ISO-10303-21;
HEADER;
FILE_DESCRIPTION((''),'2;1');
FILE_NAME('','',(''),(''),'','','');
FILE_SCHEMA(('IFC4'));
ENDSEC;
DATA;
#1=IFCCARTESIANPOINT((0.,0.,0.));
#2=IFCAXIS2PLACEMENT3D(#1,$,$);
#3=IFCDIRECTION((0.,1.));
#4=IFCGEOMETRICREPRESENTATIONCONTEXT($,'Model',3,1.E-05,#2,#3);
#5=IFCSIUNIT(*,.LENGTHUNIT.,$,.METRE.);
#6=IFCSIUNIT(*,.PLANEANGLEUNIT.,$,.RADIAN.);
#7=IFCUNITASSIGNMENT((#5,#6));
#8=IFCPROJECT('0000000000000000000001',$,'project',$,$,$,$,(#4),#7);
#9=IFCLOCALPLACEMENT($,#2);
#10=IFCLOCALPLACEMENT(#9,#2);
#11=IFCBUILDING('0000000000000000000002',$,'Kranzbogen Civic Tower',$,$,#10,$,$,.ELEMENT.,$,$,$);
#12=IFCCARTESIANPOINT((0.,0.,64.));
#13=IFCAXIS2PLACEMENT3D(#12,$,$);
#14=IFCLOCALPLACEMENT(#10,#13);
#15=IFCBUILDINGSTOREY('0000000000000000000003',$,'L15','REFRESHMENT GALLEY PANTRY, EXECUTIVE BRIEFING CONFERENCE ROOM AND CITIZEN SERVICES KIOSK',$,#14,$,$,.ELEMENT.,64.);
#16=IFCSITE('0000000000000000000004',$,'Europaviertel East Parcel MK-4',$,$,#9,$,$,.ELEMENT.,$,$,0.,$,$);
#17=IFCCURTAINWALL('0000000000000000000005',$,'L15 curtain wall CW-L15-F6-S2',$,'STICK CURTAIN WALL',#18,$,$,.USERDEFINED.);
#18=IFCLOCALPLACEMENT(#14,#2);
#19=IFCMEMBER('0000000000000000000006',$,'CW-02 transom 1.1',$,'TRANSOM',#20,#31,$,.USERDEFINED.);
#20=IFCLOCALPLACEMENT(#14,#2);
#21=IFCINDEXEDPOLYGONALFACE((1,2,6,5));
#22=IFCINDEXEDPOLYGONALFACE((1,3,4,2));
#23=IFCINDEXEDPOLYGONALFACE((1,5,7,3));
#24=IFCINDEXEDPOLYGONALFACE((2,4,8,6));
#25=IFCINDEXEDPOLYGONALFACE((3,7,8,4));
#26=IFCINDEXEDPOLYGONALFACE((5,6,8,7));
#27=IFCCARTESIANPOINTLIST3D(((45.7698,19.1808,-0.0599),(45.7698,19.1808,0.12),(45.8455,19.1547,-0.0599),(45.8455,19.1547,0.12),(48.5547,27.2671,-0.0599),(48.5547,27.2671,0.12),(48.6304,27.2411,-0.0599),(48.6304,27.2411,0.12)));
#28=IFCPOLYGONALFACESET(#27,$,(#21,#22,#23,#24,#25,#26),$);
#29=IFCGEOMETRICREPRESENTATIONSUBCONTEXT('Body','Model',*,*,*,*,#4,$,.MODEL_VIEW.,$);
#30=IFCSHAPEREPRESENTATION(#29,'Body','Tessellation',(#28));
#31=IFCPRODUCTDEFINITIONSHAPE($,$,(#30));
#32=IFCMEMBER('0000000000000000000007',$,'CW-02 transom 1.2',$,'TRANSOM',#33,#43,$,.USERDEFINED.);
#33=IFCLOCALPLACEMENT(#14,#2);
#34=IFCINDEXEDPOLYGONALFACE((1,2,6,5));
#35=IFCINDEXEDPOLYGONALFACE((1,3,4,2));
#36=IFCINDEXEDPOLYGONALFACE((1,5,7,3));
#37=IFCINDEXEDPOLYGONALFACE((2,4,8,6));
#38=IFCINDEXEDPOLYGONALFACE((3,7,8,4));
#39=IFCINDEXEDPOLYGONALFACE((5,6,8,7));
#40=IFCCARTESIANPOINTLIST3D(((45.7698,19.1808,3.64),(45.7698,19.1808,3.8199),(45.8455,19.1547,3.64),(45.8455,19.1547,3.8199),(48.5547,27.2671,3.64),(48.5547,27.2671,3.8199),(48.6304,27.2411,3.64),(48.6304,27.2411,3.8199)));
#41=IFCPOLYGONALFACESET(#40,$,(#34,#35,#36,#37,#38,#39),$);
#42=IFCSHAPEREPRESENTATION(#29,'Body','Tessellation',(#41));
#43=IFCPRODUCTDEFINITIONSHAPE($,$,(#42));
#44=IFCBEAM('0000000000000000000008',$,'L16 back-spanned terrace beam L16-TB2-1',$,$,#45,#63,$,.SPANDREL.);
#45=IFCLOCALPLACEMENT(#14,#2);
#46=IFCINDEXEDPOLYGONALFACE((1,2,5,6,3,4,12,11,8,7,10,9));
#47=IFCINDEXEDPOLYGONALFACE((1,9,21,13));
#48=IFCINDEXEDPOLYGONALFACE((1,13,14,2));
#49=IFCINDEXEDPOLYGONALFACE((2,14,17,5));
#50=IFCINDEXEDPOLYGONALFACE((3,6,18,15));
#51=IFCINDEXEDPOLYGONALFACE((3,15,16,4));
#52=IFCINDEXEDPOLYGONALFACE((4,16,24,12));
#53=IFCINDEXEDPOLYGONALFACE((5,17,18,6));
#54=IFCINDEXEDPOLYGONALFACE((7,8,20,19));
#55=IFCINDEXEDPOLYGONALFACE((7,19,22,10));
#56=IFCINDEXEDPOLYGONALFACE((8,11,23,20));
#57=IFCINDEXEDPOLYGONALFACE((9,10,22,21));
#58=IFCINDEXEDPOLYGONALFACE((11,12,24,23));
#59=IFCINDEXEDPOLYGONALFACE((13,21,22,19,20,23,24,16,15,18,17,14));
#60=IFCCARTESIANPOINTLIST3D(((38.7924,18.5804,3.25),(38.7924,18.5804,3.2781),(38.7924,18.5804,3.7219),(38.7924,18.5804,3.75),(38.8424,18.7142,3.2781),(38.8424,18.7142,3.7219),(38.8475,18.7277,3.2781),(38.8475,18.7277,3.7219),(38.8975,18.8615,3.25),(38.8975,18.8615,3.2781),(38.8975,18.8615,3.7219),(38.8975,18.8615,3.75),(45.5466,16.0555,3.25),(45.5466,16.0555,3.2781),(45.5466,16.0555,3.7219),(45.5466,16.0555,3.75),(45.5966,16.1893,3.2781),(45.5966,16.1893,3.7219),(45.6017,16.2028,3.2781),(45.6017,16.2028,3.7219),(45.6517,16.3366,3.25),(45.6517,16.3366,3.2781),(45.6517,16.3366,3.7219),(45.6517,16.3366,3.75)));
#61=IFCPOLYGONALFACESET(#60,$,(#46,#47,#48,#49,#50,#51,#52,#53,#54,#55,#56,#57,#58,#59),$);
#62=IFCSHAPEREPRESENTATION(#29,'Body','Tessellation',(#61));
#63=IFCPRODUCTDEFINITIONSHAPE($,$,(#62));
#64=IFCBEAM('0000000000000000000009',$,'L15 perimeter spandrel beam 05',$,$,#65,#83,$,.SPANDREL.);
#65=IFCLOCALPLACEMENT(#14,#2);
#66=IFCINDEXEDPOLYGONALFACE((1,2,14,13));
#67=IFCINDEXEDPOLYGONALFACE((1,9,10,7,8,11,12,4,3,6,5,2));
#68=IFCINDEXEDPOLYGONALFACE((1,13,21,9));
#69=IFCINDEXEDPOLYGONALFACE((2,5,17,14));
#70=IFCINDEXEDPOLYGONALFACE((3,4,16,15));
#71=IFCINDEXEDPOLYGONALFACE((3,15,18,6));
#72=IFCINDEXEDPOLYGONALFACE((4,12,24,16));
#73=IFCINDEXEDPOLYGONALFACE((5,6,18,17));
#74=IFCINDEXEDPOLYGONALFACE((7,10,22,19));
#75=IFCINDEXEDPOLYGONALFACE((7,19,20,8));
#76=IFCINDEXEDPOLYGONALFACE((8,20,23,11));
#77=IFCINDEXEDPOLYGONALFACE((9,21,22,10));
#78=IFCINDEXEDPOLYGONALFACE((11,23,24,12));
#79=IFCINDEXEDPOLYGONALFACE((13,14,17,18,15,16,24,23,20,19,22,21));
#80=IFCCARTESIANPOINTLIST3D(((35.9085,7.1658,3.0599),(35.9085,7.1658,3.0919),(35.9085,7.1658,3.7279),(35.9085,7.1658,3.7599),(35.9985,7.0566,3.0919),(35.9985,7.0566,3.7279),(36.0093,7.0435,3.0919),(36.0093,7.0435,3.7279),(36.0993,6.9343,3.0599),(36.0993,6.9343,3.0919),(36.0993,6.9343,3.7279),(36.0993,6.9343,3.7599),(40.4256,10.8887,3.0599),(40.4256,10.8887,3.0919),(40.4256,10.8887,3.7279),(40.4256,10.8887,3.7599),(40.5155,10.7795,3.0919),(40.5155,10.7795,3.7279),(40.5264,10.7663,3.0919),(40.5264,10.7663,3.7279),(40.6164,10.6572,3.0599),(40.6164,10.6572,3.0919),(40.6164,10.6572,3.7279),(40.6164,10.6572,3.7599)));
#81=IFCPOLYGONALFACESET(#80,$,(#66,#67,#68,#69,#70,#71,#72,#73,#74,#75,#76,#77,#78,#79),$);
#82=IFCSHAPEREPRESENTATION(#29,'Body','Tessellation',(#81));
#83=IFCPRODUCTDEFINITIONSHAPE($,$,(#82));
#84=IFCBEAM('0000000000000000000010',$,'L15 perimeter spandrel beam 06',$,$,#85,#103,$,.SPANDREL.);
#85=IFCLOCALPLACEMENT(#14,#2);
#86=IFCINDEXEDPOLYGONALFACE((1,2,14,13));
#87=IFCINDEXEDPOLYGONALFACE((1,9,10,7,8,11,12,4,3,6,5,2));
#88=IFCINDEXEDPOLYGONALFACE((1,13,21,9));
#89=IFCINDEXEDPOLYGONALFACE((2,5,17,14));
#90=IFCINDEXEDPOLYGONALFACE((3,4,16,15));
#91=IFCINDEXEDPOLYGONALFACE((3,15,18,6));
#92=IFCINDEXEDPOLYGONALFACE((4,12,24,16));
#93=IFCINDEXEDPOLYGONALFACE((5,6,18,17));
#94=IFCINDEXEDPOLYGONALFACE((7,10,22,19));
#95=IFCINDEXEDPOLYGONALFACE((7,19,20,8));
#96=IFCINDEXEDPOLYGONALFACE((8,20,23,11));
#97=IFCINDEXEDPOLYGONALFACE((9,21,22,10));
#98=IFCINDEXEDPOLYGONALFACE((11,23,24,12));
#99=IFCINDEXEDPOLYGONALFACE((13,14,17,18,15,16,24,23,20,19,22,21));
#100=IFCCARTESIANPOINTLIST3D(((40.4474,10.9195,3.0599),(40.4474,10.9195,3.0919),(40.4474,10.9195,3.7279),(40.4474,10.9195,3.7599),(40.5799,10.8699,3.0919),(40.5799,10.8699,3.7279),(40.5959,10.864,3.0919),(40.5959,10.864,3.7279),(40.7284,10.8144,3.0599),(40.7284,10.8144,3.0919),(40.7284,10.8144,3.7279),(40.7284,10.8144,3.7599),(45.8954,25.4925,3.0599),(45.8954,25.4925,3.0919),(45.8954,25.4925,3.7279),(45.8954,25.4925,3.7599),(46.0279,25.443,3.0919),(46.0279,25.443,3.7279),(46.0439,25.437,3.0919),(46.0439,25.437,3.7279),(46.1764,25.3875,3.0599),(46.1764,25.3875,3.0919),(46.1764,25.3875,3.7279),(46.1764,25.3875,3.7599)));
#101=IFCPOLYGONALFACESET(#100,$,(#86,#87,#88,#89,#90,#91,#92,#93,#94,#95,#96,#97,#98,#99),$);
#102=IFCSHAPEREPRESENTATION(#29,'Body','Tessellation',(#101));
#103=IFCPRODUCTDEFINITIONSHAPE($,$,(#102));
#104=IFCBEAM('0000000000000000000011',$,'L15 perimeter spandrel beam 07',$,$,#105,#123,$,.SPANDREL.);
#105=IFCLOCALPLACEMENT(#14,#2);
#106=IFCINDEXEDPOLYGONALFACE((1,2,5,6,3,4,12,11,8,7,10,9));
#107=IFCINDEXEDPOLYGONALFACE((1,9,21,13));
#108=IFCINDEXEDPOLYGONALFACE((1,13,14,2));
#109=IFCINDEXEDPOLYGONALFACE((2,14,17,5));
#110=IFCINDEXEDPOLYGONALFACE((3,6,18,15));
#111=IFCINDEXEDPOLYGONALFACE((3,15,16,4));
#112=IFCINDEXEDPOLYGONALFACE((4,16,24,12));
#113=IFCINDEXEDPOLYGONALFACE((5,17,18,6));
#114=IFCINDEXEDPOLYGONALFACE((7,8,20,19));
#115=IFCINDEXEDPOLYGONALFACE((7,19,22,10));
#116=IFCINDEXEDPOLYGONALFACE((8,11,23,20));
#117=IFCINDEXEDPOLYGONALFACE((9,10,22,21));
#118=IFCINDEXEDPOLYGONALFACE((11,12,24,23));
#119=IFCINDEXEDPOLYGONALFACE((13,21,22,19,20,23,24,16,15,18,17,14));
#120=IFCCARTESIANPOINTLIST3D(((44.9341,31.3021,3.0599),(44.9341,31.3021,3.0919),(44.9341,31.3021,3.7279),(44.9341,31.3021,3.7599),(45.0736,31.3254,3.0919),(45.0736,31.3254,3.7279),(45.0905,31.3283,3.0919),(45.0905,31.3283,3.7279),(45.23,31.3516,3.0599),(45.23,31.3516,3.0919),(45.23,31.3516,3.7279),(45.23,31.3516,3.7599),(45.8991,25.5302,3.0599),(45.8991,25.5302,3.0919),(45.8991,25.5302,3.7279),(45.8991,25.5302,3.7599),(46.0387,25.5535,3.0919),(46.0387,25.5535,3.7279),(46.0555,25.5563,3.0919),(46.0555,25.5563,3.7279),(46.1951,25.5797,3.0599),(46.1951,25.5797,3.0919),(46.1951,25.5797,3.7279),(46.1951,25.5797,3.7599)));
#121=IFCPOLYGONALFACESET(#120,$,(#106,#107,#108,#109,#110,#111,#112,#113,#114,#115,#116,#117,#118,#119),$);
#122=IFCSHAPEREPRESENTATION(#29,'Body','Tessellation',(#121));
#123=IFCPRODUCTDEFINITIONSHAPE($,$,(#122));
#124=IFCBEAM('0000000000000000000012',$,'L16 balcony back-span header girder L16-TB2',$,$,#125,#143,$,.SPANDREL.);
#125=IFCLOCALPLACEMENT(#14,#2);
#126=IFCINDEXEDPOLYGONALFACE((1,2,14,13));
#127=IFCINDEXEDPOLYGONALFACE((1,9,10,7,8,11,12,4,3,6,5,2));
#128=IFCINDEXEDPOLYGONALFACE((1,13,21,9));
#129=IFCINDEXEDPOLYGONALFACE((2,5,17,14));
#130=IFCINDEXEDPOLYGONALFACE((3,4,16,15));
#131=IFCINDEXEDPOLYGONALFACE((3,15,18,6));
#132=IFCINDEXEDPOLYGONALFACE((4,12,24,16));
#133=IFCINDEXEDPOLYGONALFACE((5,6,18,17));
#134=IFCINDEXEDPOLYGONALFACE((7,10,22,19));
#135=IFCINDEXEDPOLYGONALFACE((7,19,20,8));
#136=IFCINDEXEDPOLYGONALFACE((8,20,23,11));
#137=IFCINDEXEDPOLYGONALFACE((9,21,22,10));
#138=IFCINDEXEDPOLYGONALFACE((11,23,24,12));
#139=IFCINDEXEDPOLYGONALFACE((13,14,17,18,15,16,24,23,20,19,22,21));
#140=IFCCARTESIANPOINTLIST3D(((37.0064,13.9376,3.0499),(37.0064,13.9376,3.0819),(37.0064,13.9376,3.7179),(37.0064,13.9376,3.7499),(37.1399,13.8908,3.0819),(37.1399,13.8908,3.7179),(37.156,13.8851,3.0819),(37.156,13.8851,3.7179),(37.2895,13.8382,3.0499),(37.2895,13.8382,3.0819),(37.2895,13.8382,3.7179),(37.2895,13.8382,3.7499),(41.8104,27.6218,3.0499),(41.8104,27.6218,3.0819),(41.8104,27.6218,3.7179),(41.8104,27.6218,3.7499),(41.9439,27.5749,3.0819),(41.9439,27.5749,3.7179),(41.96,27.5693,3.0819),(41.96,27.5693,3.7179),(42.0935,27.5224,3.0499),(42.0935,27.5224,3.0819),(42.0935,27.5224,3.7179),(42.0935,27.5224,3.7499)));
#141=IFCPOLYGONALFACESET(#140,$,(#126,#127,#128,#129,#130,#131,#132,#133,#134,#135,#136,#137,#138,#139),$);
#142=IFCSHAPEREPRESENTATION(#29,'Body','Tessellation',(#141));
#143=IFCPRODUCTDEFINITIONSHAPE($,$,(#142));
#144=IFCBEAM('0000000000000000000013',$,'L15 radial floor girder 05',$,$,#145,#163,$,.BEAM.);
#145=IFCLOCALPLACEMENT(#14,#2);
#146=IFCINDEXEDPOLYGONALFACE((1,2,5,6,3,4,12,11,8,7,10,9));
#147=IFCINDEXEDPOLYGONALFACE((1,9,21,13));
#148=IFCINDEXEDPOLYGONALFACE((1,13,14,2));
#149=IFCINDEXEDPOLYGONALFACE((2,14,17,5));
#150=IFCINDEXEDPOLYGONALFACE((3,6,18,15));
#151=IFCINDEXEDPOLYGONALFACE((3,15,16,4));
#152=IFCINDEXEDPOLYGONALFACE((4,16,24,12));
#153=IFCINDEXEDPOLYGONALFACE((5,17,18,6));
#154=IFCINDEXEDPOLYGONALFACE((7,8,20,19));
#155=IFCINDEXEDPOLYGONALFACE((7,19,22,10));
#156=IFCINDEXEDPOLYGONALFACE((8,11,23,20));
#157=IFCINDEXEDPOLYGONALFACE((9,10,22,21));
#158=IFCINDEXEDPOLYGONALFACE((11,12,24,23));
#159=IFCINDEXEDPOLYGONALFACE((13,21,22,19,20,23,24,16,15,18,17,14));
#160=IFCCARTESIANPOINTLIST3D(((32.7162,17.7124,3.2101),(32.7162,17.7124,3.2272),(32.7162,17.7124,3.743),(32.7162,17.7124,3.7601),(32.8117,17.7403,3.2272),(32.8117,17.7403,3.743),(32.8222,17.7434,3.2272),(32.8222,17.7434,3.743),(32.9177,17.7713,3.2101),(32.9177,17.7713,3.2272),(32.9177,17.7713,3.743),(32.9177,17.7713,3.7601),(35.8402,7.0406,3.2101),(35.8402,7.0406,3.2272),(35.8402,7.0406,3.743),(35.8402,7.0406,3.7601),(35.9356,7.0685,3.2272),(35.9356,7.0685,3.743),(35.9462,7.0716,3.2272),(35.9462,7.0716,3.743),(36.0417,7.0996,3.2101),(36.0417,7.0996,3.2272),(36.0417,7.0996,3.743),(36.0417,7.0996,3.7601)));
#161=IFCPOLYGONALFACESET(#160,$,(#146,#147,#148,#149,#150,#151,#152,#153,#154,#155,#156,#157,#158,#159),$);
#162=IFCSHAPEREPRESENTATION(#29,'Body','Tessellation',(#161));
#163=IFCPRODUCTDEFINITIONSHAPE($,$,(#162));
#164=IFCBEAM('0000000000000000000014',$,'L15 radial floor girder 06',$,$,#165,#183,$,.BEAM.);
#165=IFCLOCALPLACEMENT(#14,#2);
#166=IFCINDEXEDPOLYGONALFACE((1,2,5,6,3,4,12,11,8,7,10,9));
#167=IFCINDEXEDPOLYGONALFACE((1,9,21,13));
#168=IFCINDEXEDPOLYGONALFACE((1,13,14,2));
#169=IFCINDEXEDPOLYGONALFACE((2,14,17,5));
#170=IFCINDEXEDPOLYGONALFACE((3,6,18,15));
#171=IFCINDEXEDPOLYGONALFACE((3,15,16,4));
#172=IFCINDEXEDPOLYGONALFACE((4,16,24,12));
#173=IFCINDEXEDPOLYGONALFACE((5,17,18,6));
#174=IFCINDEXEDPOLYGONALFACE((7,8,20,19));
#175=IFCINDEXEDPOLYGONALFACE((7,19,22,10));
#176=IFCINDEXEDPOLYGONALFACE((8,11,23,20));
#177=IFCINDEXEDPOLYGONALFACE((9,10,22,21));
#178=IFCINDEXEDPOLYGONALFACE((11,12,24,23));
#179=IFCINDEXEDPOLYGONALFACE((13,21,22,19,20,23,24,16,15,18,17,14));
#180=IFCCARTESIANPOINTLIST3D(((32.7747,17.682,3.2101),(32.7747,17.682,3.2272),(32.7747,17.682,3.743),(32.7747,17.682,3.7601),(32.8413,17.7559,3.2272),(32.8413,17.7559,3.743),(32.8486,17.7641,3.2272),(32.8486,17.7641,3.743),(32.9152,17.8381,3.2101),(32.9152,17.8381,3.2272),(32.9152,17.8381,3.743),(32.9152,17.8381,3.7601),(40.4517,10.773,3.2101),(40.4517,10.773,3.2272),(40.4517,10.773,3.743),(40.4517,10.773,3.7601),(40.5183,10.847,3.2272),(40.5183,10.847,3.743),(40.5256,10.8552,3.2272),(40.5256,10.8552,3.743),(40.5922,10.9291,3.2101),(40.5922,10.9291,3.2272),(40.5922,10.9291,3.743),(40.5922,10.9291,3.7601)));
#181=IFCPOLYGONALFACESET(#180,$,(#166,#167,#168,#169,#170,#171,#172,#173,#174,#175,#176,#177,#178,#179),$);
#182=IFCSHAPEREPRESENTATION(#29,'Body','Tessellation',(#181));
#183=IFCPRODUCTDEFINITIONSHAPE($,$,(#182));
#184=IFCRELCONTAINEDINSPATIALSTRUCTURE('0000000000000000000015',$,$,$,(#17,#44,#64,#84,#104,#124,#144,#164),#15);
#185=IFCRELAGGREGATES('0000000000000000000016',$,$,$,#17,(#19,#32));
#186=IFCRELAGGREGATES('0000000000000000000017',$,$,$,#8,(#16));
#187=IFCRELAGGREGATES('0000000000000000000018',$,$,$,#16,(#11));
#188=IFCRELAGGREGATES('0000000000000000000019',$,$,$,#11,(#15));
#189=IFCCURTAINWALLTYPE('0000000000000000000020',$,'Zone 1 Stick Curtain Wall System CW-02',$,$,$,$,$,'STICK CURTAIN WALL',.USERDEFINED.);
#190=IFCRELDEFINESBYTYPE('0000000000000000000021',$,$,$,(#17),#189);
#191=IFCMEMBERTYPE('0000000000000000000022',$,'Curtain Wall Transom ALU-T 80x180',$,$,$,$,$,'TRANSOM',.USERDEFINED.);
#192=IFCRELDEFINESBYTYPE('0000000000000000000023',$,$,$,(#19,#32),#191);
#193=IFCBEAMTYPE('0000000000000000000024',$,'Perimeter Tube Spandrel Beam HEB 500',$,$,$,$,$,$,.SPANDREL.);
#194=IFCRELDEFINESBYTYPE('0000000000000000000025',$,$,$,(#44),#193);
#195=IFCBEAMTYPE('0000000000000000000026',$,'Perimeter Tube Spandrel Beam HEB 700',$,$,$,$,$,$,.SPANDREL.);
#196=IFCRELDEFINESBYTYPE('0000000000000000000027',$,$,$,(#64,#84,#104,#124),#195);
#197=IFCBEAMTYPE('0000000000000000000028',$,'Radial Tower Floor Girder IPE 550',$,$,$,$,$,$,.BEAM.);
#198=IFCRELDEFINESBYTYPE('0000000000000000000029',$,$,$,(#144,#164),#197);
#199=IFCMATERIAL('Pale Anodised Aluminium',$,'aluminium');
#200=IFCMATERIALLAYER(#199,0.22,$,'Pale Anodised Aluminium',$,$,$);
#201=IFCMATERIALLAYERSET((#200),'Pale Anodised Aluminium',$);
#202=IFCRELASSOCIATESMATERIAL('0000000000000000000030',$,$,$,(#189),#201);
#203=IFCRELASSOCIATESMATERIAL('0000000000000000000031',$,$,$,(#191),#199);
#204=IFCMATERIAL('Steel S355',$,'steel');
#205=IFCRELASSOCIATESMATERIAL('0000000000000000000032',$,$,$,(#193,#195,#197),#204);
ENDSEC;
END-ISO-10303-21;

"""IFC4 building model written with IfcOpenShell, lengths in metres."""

from ifc_helpers import new_model, si_unit, direction, frame, origin, origin_2d, place, context, subcontext, project, spatial, rectangle, i_section, extrude, material, layer, layer_set, material_profile, profile_set, type_object, element, aggregate, save


model = new_model("IFC4")

# Units and contexts
model_context = context("Model", 3, precision=1e-05, world=origin(), true_north=direction((0.0, 1.0)))
body_context = subcontext(model_context, "Body", "Model", "MODEL_VIEW")
ifc_project = project(units=[si_unit("LENGTHUNIT", "METRE"), si_unit("PLANEANGLEUNIT", "RADIAN")], contexts=[model_context])

# Site, building, storey
site_placement = place(None, origin())
site = spatial("IfcSite", under=ifc_project, at=site_placement, Name="Europaviertel East Parcel MK-4", CompositionType="ELEMENT", RefElevation=0.0)
building_placement = place(site_placement, origin())
building = spatial("IfcBuilding", under=site, at=building_placement, Name="Kranzbogen Civic Tower", CompositionType="ELEMENT")
storey_placement = place(building_placement, frame((0.0, 0.0, 64.0)))
storey = spatial("IfcBuildingStorey", under=building, at=storey_placement, Name="L15", Description="REFRESHMENT GALLEY PANTRY, EXECUTIVE BRIEFING CONFERENCE ROOM AND CITIZEN SERVICES KIOSK", CompositionType="ELEMENT", Elevation=64.0)

# Shared definitions
ifc_material_1 = material(Name="Steel S355", Category="steel")

# Shared definitions
ifc_material_2 = material(Name="Pale Anodised Aluminium", Category="aluminium")
ifc_layer_1 = layer(ifc_material_2, 0.22, Name="Pale Anodised Aluminium")
ifc_layer_set_1 = layer_set([ifc_layer_1], Name="Pale Anodised Aluminium")
curtain_wall_type = type_object("IfcCurtainWallType", Name="Zone 1 Stick Curtain Wall System CW-02", ElementType="STICK CURTAIN WALL", PredefinedType="USERDEFINED", material=ifc_layer_set_1)

# Curtain wall
curtain_wall_1_placement = place(storey_placement, origin())
curtain_wall_1 = element("IfcCurtainWall", 1, at=curtain_wall_1_placement, inside=storey, type_object=curtain_wall_type, Name="L15 curtain wall CW-L15-F6-S2", ObjectType="STICK CURTAIN WALL", PredefinedType="USERDEFINED")

# Members
ifc_material_profile_1 = material_profile(ifc_material_2, rectangle(XDim=0.0801, YDim=0.1799, at=origin_2d()), Name="ALU-T 80x180")
ifc_profile_set_1 = profile_set([ifc_material_profile_1], Name="Pale Anodised Aluminium")
member_type_1 = type_object("IfcMemberType", Name="Curtain Wall Transom ALU-T 80x180", ElementType="TRANSOM", PredefinedType="USERDEFINED", material=ifc_profile_set_1)
member_1_placement = place(storey_placement, frame((45.8076, 19.1677, 0.03), z_axis=(0.325624, 0.945499, 0.0), x_axis=(-0.945499, 0.325624, 0.0)))
member_1 = element("IfcMember", 2, at=member_1_placement, type_object=member_type_1, Name="CW-02 transom 1.1", ObjectType="TRANSOM", PredefinedType="USERDEFINED", context=body_context, shape_type="SweptSolid", body=[
    extrude(rectangle(XDim=0.0801, YDim=0.1799, at=origin_2d()), origin(), (0.0, 0.0, 1.0), 8.5525),
])
member_2_placement = place(storey_placement, frame((45.8076, 19.1677, 3.73), z_axis=(0.325624, 0.945499, 0.0), x_axis=(-0.945499, 0.325624, 0.0)))
member_2 = element("IfcMember", 3, at=member_2_placement, type_object=member_type_1, Name="CW-02 transom 1.2", ObjectType="TRANSOM", PredefinedType="USERDEFINED", context=body_context, shape_type="SweptSolid", body=[
    extrude(rectangle(XDim=0.0801, YDim=0.1799, at=origin_2d()), origin(), (0.0, 0.0, 1.0), 8.5525),
])

# Beams
ifc_material_profile_2 = material_profile(ifc_material_1, i_section(OverallWidth=0.3, OverallDepth=0.5, WebThickness=0.0144, FlangeThickness=0.0281, at=origin_2d()), Name="HEB 500")
ifc_profile_set_2 = profile_set([ifc_material_profile_2], Name="Steel S355")
beam_type_1 = type_object("IfcBeamType", Name="Perimeter Tube Spandrel Beam HEB 500", PredefinedType="SPANDREL", material=ifc_profile_set_2)
beam_1_placement = place(storey_placement, frame((38.845, 18.7209, 3.5), z_axis=(0.936689, -0.350162, 0.0), x_axis=(0.350162, 0.936689, 0.0)))
element("IfcBeam", 4, at=beam_1_placement, inside=storey, type_object=beam_type_1, Name="L16 back-spanned terrace beam L16-TB2-1", PredefinedType="SPANDREL", context=body_context, shape_type="SweptSolid", body=[
    extrude(i_section(OverallWidth=0.3, OverallDepth=0.5, WebThickness=0.0144, FlangeThickness=0.0281, at=origin_2d()), origin(), (0.0, 0.0, 1.0), 7.2107),
])
ifc_material_profile_3 = material_profile(ifc_material_1, i_section(OverallWidth=0.3, OverallDepth=0.7, WebThickness=0.0171, FlangeThickness=0.032, at=origin_2d()), Name="HEB 700")
ifc_profile_set_3 = profile_set([ifc_material_profile_3], Name="Steel S355")
beam_type_2 = type_object("IfcBeamType", Name="Perimeter Tube Spandrel Beam HEB 700", PredefinedType="SPANDREL", material=ifc_profile_set_3)
beam_2_placement = place(storey_placement, frame((36.0039, 7.05, 3.4099), z_axis=(0.771683, 0.636007, 0.0), x_axis=(-0.636007, 0.771683, 0.0)))
element("IfcBeam", 5, at=beam_2_placement, inside=storey, type_object=beam_type_2, Name="L15 perimeter spandrel beam 05", PredefinedType="SPANDREL", context=body_context, shape_type="SweptSolid", body=[
    extrude(i_section(OverallWidth=0.3, OverallDepth=0.7, WebThickness=0.0171, FlangeThickness=0.032, at=origin_2d()), origin(), (0.0, 0.0, 1.0), 5.8535),
])
beam_3_placement = place(storey_placement, frame((40.5879, 10.8669, 3.4099), z_axis=(0.350172, 0.936685, 0.0), x_axis=(-0.936685, 0.350172, 0.0)))
element("IfcBeam", 6, at=beam_3_placement, inside=storey, type_object=beam_type_2, Name="L15 perimeter spandrel beam 06", PredefinedType="SPANDREL", context=body_context, shape_type="SweptSolid", body=[
    extrude(i_section(OverallWidth=0.3, OverallDepth=0.7, WebThickness=0.0171, FlangeThickness=0.032, at=origin_2d()), origin(), (0.0, 0.0, 1.0), 15.5581),
])
beam_4_placement = place(storey_placement, frame((46.0471, 25.5549, 3.4099), z_axis=(-0.164913, 0.986308, 0.0), x_axis=(-0.986308, -0.164913, 0.0)))
element("IfcBeam", 7, at=beam_4_placement, inside=storey, type_object=beam_type_2, Name="L15 perimeter spandrel beam 07", PredefinedType="SPANDREL", context=body_context, shape_type="SweptSolid", body=[
    extrude(i_section(OverallWidth=0.3, OverallDepth=0.7, WebThickness=0.0171, FlangeThickness=0.032, at=origin_2d()), origin(), (0.0, 0.0, 1.0), 5.8521),
])
beam_5_placement = place(storey_placement, frame((37.1479, 13.8879, 3.3999), z_axis=(0.331243, 0.943546, 0.0), x_axis=(-0.943546, 0.331243, 0.0)))
element("IfcBeam", 8, at=beam_5_placement, inside=storey, type_object=beam_type_2, Name="L16 balcony back-span header girder L16-TB2", PredefinedType="SPANDREL", context=body_context, shape_type="SweptSolid", body=[
    extrude(i_section(OverallWidth=0.3, OverallDepth=0.7, WebThickness=0.0171, FlangeThickness=0.032, at=origin_2d()), origin(), (0.0, 0.0, 1.0), 14.5029),
])
ifc_material_profile_4 = material_profile(ifc_material_1, i_section(OverallWidth=0.21, OverallDepth=0.55, WebThickness=0.011, FlangeThickness=0.0171, at=origin_2d()), Name="IPE 550")
ifc_profile_set_4 = profile_set([ifc_material_profile_4], Name="Steel S355")
beam_type_3 = type_object("IfcBeamType", Name="Radial Tower Floor Girder IPE 550", PredefinedType="BEAM", material=ifc_profile_set_4)
beam_6_placement = place(storey_placement, frame((35.9409, 7.0701, 3.4851), z_axis=(-0.280944, 0.959724, 0.0), x_axis=(-0.959724, -0.280944, 0.0)))
element("IfcBeam", 9, at=beam_6_placement, inside=storey, type_object=beam_type_3, Name="L15 radial floor girder 05", PredefinedType="BEAM", context=body_context, shape_type="SweptSolid", body=[
    extrude(i_section(OverallWidth=0.21, OverallDepth=0.55, WebThickness=0.011, FlangeThickness=0.0171, at=origin_2d()), origin(), (0.0, 0.0, 1.0), 11.1196),
])
beam_7_placement = place(storey_placement, frame((40.522, 10.8511, 3.4851), z_axis=(-0.743312, 0.668945, 0.0), x_axis=(-0.668945, -0.743312, 0.0)))
element("IfcBeam", 10, at=beam_7_placement, inside=storey, type_object=beam_type_3, Name="L15 radial floor girder 06", PredefinedType="BEAM", context=body_context, shape_type="SweptSolid", body=[
    extrude(i_section(OverallWidth=0.21, OverallDepth=0.55, WebThickness=0.011, FlangeThickness=0.0171, at=origin_2d()), origin(), (0.0, 0.0, 1.0), 10.3281),
])

aggregate(curtain_wall_1, [member_1, member_2])

save(model, "model.ifc")
